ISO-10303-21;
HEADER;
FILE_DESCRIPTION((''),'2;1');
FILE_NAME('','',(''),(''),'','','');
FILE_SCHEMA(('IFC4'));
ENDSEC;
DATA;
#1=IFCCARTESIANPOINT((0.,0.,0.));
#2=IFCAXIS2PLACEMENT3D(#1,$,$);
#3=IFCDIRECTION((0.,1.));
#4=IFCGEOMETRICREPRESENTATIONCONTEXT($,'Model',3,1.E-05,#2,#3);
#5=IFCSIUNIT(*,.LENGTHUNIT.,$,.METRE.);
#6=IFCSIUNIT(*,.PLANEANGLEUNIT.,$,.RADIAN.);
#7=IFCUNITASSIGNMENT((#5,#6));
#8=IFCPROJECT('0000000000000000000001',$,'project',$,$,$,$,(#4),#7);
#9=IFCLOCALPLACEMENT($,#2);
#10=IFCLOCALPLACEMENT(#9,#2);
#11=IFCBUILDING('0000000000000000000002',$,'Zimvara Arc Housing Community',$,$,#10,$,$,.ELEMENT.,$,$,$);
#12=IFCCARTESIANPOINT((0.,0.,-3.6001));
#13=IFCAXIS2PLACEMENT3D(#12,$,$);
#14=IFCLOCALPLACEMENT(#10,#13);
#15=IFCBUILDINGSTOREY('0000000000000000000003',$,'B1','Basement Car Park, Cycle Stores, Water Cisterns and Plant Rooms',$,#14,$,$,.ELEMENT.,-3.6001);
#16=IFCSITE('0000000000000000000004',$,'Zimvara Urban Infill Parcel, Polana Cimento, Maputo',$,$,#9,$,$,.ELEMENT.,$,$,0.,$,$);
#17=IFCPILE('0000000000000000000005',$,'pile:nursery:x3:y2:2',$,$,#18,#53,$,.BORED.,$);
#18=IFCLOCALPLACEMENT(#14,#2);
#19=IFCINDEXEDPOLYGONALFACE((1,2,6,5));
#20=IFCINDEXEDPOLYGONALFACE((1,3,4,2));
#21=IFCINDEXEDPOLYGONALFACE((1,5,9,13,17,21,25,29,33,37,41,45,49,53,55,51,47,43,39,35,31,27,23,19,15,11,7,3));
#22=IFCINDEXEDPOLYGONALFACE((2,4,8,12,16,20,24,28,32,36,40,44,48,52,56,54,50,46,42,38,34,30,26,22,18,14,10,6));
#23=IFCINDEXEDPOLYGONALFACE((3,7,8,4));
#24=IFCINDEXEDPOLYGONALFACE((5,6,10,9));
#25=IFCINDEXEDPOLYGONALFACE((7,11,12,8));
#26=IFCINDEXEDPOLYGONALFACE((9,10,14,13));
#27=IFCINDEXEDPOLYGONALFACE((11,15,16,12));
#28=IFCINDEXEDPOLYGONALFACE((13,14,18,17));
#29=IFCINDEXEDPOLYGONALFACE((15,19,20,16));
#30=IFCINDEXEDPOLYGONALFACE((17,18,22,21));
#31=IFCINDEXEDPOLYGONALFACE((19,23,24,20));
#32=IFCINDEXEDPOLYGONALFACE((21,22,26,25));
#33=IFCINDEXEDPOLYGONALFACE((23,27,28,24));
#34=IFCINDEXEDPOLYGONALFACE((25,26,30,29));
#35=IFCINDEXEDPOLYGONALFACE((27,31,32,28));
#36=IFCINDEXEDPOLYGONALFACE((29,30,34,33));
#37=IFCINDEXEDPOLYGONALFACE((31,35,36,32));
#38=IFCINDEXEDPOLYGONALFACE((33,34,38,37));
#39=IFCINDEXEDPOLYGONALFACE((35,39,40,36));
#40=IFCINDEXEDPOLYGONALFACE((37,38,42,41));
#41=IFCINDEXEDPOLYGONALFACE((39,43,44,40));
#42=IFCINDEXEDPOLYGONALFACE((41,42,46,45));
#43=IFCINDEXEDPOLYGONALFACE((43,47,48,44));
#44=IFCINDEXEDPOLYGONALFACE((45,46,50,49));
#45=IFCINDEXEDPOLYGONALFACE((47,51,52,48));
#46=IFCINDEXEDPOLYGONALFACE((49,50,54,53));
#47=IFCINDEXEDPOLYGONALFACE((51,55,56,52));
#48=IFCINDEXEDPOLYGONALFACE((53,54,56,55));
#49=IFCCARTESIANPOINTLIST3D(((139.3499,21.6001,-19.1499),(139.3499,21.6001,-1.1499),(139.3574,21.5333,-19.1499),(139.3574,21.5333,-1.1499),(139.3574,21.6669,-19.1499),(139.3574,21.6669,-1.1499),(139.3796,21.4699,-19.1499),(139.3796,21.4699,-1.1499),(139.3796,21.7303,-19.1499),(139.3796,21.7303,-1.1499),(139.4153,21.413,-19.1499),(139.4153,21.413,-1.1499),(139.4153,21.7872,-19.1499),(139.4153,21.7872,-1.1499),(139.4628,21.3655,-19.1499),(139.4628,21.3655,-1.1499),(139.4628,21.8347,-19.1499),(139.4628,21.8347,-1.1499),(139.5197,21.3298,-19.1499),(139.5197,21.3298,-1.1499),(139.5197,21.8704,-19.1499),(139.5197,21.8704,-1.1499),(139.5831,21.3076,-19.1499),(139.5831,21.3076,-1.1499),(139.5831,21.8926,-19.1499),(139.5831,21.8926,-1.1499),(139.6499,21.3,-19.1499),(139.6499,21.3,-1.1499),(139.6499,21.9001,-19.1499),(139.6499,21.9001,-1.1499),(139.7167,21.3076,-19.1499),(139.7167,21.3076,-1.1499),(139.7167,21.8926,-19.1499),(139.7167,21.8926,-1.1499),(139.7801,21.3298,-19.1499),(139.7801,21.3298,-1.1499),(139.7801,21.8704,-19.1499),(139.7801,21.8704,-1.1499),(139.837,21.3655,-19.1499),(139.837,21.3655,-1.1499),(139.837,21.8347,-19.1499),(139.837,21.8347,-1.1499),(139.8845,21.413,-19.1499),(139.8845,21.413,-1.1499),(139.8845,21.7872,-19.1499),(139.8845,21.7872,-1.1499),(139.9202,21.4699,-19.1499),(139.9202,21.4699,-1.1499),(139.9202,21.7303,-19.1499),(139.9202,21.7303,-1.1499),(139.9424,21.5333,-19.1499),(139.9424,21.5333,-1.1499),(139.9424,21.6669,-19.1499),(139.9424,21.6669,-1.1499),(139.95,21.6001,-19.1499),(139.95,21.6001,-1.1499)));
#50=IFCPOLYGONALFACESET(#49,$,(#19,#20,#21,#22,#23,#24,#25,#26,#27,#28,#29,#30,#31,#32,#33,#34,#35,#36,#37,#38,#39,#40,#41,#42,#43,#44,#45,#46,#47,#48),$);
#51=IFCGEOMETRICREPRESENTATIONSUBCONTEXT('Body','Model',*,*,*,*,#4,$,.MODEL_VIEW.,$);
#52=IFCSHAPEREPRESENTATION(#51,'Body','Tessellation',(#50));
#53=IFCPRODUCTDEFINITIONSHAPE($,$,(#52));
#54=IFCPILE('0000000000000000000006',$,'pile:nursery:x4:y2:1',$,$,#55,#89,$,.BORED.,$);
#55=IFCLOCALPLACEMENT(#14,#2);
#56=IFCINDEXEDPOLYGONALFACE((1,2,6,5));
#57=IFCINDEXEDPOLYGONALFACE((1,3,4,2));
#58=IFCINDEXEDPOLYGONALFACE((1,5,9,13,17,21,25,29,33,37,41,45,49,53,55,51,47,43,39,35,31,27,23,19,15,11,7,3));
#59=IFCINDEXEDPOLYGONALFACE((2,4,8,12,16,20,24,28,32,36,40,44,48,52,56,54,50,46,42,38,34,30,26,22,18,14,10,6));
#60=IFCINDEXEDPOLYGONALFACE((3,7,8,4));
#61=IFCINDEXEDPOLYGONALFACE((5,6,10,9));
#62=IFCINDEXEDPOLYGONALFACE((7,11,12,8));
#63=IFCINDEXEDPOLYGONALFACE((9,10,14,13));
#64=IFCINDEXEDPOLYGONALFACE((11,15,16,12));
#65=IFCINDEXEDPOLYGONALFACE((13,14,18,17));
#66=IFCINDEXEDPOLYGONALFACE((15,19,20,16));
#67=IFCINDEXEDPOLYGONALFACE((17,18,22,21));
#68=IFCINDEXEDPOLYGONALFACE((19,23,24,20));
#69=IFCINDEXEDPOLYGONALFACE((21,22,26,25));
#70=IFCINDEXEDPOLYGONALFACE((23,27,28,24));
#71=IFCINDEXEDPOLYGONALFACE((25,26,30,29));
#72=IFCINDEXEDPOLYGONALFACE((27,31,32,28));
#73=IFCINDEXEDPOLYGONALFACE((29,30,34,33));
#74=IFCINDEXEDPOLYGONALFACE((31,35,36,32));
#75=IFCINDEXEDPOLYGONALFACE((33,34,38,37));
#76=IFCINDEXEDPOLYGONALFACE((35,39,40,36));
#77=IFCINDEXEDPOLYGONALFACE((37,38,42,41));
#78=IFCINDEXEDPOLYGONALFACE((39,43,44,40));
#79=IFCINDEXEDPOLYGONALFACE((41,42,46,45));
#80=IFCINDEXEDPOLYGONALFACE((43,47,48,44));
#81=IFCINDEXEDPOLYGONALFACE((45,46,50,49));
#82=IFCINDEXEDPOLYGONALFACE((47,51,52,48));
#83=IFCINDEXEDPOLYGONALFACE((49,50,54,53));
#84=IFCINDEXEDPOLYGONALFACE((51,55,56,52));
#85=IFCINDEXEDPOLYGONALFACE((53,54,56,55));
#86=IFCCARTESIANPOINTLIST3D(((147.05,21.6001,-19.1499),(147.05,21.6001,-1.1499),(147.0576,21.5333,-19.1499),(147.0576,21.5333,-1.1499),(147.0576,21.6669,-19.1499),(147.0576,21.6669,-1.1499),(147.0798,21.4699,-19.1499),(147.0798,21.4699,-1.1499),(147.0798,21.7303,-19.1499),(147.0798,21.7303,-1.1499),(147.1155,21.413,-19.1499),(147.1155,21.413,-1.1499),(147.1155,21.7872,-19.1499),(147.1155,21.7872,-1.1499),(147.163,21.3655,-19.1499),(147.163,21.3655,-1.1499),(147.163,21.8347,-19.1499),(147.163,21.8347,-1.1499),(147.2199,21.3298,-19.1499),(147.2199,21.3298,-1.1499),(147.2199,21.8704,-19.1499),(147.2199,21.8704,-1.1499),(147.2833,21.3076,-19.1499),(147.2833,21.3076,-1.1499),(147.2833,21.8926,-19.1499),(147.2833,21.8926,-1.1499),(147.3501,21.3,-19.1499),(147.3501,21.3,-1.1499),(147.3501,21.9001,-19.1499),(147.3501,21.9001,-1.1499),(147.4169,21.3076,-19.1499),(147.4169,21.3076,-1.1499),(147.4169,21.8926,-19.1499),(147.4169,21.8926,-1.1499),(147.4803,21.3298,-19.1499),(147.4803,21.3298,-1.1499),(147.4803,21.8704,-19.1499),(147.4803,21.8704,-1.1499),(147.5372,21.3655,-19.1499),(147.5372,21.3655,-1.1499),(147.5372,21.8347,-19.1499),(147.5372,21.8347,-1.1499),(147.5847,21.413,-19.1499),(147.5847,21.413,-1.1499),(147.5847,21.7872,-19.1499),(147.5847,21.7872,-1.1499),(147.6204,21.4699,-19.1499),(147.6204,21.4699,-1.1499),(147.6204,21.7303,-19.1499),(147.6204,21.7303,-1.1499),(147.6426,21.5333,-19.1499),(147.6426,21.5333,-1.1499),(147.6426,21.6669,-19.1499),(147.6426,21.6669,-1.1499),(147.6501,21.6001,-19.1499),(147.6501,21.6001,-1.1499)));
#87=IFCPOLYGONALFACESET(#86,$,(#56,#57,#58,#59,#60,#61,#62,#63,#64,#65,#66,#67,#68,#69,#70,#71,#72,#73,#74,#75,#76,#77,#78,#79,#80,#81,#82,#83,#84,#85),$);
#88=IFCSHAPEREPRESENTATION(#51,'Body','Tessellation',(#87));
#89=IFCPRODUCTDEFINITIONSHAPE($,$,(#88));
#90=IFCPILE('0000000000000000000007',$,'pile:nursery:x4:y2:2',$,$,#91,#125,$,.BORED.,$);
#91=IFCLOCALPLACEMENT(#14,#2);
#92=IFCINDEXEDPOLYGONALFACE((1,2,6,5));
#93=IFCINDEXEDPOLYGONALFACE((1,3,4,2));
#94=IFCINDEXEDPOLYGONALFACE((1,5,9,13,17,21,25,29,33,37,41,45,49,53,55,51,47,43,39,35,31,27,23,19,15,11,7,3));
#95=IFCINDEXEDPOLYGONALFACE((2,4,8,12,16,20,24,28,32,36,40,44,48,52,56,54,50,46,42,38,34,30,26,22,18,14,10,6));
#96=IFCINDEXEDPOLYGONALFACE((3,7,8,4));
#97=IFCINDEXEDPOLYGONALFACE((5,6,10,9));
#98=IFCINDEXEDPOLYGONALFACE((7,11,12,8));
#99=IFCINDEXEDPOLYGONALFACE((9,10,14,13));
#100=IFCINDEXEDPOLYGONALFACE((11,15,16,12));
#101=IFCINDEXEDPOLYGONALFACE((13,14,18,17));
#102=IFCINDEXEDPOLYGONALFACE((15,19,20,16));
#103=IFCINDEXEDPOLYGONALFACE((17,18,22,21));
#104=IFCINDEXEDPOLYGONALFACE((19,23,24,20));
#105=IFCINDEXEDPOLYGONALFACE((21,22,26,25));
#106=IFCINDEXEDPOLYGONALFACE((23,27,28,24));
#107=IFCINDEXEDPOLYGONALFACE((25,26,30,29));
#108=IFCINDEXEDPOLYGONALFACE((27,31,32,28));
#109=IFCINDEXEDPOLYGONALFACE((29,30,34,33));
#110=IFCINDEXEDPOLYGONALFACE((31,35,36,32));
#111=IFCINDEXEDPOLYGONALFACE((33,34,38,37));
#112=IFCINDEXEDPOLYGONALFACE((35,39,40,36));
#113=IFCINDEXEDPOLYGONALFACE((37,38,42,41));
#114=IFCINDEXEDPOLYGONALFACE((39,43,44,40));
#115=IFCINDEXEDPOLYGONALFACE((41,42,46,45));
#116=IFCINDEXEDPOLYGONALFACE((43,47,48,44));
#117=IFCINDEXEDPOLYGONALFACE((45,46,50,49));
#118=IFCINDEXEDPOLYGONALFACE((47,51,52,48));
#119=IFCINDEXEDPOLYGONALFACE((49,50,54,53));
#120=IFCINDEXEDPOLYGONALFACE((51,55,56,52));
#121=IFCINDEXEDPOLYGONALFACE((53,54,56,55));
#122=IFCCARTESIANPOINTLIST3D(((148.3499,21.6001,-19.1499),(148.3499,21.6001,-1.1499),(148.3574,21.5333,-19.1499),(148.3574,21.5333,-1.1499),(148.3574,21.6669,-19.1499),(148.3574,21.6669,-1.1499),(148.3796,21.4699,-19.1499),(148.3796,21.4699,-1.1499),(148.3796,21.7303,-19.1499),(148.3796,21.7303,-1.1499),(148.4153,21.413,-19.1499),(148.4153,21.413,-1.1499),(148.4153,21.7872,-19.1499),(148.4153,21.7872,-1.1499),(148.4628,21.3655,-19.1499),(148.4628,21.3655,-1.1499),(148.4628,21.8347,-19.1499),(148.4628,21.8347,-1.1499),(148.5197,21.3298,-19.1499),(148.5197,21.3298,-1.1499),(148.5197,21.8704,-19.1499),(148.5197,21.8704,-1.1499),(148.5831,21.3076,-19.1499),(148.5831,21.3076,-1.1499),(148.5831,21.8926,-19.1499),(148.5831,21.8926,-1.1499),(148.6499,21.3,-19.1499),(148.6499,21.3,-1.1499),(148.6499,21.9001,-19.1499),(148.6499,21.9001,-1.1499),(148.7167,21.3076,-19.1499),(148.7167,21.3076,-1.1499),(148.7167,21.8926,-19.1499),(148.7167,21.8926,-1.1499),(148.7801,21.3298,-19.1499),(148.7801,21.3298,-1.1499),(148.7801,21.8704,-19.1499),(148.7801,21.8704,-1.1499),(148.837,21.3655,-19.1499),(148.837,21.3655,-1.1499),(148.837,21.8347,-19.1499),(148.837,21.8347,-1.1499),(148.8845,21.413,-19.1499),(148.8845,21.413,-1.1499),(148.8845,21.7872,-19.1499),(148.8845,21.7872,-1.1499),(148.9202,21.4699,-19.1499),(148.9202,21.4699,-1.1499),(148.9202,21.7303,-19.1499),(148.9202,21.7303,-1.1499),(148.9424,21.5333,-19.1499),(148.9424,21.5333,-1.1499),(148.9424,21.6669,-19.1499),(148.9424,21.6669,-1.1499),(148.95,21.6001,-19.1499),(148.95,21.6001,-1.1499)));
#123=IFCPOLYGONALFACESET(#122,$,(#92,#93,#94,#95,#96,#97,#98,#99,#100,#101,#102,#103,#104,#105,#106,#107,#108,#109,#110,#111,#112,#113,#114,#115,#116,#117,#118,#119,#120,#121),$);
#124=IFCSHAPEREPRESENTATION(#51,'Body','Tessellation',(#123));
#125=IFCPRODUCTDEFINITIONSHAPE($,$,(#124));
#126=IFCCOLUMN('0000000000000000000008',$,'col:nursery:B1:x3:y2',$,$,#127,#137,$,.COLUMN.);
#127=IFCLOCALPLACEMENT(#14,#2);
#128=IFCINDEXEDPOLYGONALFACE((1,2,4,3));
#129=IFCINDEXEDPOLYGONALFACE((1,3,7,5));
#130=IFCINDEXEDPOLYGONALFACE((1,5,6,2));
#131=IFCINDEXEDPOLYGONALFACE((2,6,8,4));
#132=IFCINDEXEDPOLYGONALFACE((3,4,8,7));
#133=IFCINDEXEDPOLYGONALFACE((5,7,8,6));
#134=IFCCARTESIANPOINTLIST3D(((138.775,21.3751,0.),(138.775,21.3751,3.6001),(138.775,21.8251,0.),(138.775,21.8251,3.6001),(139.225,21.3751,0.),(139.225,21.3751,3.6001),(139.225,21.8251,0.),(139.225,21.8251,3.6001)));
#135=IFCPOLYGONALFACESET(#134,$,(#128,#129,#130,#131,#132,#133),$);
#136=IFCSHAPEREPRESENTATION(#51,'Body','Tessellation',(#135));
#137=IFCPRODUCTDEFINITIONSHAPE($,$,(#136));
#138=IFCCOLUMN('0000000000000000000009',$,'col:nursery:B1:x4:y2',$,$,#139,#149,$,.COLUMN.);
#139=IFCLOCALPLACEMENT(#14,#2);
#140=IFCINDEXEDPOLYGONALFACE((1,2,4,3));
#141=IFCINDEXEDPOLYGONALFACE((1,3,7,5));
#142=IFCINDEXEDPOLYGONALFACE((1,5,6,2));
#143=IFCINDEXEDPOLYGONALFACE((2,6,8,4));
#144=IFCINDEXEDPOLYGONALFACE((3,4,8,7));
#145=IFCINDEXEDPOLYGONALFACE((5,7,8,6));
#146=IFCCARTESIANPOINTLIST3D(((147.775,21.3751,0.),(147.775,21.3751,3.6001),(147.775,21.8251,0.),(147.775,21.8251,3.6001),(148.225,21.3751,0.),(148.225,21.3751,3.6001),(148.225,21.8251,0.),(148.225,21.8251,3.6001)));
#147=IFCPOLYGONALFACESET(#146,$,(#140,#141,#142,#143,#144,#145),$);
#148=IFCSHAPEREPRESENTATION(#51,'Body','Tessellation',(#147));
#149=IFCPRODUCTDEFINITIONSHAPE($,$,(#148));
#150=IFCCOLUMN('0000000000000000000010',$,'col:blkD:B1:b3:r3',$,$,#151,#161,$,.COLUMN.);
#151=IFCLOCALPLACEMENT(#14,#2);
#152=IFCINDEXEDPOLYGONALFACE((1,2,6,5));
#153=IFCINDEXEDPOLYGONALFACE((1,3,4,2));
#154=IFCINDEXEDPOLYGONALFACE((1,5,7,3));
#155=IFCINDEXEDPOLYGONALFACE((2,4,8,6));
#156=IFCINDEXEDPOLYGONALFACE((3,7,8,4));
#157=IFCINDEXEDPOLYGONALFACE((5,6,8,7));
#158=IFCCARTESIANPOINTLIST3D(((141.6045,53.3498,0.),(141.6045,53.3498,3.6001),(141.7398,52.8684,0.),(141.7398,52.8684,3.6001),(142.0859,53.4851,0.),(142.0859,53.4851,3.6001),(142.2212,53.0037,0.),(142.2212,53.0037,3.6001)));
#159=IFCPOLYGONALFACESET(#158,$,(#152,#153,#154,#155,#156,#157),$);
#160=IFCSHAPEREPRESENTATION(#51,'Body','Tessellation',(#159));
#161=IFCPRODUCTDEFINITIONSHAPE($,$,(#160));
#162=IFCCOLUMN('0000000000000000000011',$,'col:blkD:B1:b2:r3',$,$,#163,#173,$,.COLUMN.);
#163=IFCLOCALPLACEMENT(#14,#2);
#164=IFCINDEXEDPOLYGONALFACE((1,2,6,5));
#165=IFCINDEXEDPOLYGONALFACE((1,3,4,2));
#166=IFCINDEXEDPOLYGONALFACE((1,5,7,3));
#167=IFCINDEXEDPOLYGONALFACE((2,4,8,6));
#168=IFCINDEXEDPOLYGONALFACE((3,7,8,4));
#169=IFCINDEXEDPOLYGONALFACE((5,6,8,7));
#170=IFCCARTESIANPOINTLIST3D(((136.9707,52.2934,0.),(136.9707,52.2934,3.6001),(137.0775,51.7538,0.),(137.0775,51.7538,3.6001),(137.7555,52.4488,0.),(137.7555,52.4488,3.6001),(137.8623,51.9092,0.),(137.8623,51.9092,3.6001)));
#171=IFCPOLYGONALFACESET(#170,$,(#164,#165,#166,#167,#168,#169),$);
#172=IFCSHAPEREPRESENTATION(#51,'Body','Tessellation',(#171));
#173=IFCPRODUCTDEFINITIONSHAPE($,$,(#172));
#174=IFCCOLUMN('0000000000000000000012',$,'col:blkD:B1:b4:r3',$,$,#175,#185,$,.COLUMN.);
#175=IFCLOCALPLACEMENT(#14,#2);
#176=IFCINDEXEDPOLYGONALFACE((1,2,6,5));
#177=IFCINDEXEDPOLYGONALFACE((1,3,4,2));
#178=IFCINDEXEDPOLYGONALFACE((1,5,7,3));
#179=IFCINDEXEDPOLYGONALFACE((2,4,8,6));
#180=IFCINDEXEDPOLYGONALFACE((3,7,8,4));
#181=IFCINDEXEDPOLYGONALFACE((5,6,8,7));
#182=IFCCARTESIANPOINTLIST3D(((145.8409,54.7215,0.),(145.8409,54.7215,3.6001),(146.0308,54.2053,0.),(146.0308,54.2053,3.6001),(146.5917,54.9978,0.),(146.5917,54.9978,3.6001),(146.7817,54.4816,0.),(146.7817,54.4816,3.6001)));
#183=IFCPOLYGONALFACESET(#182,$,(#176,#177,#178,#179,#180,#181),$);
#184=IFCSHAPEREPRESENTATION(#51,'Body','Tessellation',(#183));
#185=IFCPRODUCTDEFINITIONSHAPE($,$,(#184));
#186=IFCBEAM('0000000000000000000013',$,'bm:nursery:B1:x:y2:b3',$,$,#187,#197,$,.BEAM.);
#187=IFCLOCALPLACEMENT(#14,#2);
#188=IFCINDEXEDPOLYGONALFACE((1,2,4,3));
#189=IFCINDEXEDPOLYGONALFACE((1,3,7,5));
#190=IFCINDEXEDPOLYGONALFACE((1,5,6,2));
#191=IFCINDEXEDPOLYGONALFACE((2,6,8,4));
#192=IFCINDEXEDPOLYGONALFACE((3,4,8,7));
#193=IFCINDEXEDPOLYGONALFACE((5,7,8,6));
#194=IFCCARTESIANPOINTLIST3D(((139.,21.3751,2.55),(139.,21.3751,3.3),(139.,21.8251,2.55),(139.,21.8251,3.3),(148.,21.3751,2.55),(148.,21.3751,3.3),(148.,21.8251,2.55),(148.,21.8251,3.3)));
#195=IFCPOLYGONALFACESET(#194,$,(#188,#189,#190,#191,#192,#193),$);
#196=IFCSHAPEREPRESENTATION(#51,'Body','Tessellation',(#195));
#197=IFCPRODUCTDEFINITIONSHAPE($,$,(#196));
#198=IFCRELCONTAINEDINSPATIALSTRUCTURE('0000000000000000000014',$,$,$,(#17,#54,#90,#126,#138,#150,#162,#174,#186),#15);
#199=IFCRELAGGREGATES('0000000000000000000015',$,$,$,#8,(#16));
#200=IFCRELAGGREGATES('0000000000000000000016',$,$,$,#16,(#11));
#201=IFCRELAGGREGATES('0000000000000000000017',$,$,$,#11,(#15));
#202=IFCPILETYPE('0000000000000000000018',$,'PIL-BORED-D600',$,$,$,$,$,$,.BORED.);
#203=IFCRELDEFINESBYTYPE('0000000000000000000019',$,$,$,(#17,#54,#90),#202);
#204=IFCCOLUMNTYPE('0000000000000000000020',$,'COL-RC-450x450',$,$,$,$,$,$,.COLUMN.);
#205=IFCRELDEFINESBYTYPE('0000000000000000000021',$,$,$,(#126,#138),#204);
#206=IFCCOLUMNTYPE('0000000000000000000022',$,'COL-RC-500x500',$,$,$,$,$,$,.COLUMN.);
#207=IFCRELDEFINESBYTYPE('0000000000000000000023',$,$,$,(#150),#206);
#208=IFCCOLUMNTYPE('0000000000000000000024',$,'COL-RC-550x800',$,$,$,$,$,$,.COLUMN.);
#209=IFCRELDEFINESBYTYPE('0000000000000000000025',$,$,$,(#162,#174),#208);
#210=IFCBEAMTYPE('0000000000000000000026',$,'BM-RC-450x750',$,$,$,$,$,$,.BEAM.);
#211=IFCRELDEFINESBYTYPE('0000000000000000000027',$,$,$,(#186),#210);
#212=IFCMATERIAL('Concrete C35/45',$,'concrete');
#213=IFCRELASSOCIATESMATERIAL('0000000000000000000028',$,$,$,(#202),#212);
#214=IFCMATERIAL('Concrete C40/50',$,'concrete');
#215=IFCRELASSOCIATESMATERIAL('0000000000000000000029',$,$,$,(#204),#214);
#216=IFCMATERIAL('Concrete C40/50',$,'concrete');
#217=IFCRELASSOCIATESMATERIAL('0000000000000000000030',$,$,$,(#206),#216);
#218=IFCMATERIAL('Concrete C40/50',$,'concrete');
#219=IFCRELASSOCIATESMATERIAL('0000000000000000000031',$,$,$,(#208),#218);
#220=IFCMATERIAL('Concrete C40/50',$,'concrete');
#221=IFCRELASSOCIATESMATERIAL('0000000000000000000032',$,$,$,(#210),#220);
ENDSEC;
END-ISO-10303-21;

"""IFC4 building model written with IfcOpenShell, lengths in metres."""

from ifc_helpers import new_model, si_unit, direction, frame, origin, origin_2d, place, context, subcontext, project, spatial, rectangle, circle, extrude, material, material_profile, profile_set, type_object, element, save


model = new_model("IFC4")

# Units and contexts
model_context = context("Model", 3, precision=1e-05, world=origin(), true_north=direction((0.0, 1.0)))
body_context = subcontext(model_context, "Body", "Model", "MODEL_VIEW")
ifc_project = project(units=[si_unit("LENGTHUNIT", "METRE"), si_unit("PLANEANGLEUNIT", "RADIAN")], contexts=[model_context])

# Site, building, storey
site_placement = place(None, origin())
site = spatial("IfcSite", under=ifc_project, at=site_placement, Name="Zimvara Urban Infill Parcel, Polana Cimento, Maputo", CompositionType="ELEMENT", RefElevation=0.0)
building_placement = place(site_placement, origin())
building = spatial("IfcBuilding", under=site, at=building_placement, Name="Zimvara Arc Housing Community", CompositionType="ELEMENT")
storey_placement = place(building_placement, frame((0.0, 0.0, -3.6001)))
storey = spatial("IfcBuildingStorey", under=building, at=storey_placement, Name="B1", Description="Basement Car Park, Cycle Stores, Water Cisterns and Plant Rooms", CompositionType="ELEMENT", Elevation=-3.6001)

# Piles
ifc_material_1 = material(Name="Concrete C35/45", Category="concrete")
ifc_material_profile_1 = material_profile(ifc_material_1, circle(Radius=0.3, at=origin_2d()), Name="PILE D600")
ifc_profile_set_1 = profile_set([ifc_material_profile_1], Name="Concrete C35/45")
pile_type = type_object("IfcPileType", Name="PIL-BORED-D600", PredefinedType="BORED", material=ifc_profile_set_1)
for number, where, z_axis, x_axis, name in (
    (1, (139.6499, 21.6001, -1.1499), (0.0, 0.0, -1.0), (1.0, 0.0, 0.0), "pile:nursery:x3:y2:2"),
    (2, (147.3501, 21.6001, -1.1499), (0.0, 0.0, -1.0), (1.0, 0.0, 0.0), "pile:nursery:x4:y2:1"),
    (3, (148.6499, 21.6001, -1.1499), (0.0, 0.0, -1.0), (1.0, 0.0, 0.0), "pile:nursery:x4:y2:2"),
):
    element("IfcPile", number, at=place(storey_placement, frame(where, z_axis=z_axis, x_axis=x_axis)), inside=storey, type_object=pile_type, Name=name, PredefinedType="BORED", context=body_context, shape_type="SweptSolid", body=[
        extrude(circle(Radius=0.3, at=origin_2d()), origin(), (0.0, 0.0, 1.0), 18.0),
    ])

# Columns
ifc_material_2 = material(Name="Concrete C40/50", Category="concrete")
ifc_material_profile_2 = material_profile(ifc_material_2, rectangle(XDim=0.45, YDim=0.45, at=origin_2d()), Name="RC 450x450")
ifc_profile_set_2 = profile_set([ifc_material_profile_2], Name="Concrete C40/50")
column_type_1 = type_object("IfcColumnType", Name="COL-RC-450x450", PredefinedType="COLUMN", material=ifc_profile_set_2)
for number, where, z_axis, x_axis, name in (
    (4, (139.0, 21.6001, 0.0), (0.0, 0.0, 1.0), (1.0, 0.0, 0.0), "col:nursery:B1:x3:y2"),
    (5, (148.0, 21.6001, 0.0), (0.0, 0.0, 1.0), (1.0, 0.0, 0.0), "col:nursery:B1:x4:y2"),
):
    element("IfcColumn", number, at=place(storey_placement, frame(where, z_axis=z_axis, x_axis=x_axis)), inside=storey, type_object=column_type_1, Name=name, PredefinedType="COLUMN", context=body_context, shape_type="SweptSolid", body=[
        extrude(rectangle(XDim=0.45, YDim=0.45, at=origin_2d()), origin(), (0.0, 0.0, 1.0), 3.6001),
    ])
ifc_material_3 = material(Name="Concrete C40/50", Category="concrete")
ifc_material_profile_3 = material_profile(ifc_material_3, rectangle(XDim=0.5, YDim=0.5, at=origin_2d()), Name="RC 500x500")
ifc_profile_set_3 = profile_set([ifc_material_profile_3], Name="Concrete C40/50")
column_type_2 = type_object("IfcColumnType", Name="COL-RC-500x500", PredefinedType="COLUMN", material=ifc_profile_set_3)
column_placement = place(storey_placement, frame((141.9128, 53.1768, 0.0), z_axis=(0.0, 0.0, 1.0), x_axis=(0.2706, -0.962692, 0.0)))
element("IfcColumn", 6, at=column_placement, inside=storey, type_object=column_type_2, Name="col:blkD:B1:b3:r3", PredefinedType="COLUMN", context=body_context, shape_type="SweptSolid", body=[
    extrude(rectangle(XDim=0.5, YDim=0.5, at=origin_2d()), origin(), (0.0, 0.0, 1.0), 3.6001),
])
ifc_material_4 = material(Name="Concrete C40/50", Category="concrete")
ifc_material_profile_4 = material_profile(ifc_material_4, rectangle(XDim=0.55, YDim=0.8, at=origin_2d()), Name="RC 550x800")
ifc_profile_set_4 = profile_set([ifc_material_profile_4], Name="Concrete C40/50")
column_type_3 = type_object("IfcColumnType", Name="COL-RC-550x800", PredefinedType="COLUMN", material=ifc_profile_set_4)
for number, where, z_axis, x_axis, name in (
    (7, (137.4165, 52.1013, 0.0), (0.0, 0.0, 1.0), (0.194234, -0.980955, 0.0), "col:blkD:B1:b2:r3"),
    (8, (146.3113, 54.6016, 0.0), (0.0, 0.0, 1.0), (0.345298, -0.938493, 0.0), "col:blkD:B1:b4:r3"),
):
    element("IfcColumn", number, at=place(storey_placement, frame(where, z_axis=z_axis, x_axis=x_axis)), inside=storey, type_object=column_type_3, Name=name, PredefinedType="COLUMN", context=body_context, shape_type="SweptSolid", body=[
        extrude(rectangle(XDim=0.55, YDim=0.8, at=origin_2d()), origin(), (0.0, 0.0, 1.0), 3.6001),
    ])

# Beam
ifc_material_5 = material(Name="Concrete C40/50", Category="concrete")
ifc_material_profile_5 = material_profile(ifc_material_5, rectangle(XDim=0.45, YDim=0.75, at=origin_2d()), Name="RC 450x750")
ifc_profile_set_5 = profile_set([ifc_material_profile_5], Name="Concrete C40/50")
beam_type_1 = type_object("IfcBeamType", Name="BM-RC-450x750", PredefinedType="BEAM", material=ifc_profile_set_5)
beam_1_placement = place(storey_placement, frame((139.0, 21.6001, 2.925), z_axis=(1.0, 0.0, 0.0), x_axis=(0.0, 1.0, 0.0)))
element("IfcBeam", 9, at=beam_1_placement, inside=storey, type_object=beam_type_1, Name="bm:nursery:B1:x:y2:b3", PredefinedType="BEAM", context=body_context, shape_type="SweptSolid", body=[
    extrude(rectangle(XDim=0.45, YDim=0.75, at=origin_2d()), origin(), (0.0, 0.0, 1.0), 9.0),
])

save(model, "model.ifc")
